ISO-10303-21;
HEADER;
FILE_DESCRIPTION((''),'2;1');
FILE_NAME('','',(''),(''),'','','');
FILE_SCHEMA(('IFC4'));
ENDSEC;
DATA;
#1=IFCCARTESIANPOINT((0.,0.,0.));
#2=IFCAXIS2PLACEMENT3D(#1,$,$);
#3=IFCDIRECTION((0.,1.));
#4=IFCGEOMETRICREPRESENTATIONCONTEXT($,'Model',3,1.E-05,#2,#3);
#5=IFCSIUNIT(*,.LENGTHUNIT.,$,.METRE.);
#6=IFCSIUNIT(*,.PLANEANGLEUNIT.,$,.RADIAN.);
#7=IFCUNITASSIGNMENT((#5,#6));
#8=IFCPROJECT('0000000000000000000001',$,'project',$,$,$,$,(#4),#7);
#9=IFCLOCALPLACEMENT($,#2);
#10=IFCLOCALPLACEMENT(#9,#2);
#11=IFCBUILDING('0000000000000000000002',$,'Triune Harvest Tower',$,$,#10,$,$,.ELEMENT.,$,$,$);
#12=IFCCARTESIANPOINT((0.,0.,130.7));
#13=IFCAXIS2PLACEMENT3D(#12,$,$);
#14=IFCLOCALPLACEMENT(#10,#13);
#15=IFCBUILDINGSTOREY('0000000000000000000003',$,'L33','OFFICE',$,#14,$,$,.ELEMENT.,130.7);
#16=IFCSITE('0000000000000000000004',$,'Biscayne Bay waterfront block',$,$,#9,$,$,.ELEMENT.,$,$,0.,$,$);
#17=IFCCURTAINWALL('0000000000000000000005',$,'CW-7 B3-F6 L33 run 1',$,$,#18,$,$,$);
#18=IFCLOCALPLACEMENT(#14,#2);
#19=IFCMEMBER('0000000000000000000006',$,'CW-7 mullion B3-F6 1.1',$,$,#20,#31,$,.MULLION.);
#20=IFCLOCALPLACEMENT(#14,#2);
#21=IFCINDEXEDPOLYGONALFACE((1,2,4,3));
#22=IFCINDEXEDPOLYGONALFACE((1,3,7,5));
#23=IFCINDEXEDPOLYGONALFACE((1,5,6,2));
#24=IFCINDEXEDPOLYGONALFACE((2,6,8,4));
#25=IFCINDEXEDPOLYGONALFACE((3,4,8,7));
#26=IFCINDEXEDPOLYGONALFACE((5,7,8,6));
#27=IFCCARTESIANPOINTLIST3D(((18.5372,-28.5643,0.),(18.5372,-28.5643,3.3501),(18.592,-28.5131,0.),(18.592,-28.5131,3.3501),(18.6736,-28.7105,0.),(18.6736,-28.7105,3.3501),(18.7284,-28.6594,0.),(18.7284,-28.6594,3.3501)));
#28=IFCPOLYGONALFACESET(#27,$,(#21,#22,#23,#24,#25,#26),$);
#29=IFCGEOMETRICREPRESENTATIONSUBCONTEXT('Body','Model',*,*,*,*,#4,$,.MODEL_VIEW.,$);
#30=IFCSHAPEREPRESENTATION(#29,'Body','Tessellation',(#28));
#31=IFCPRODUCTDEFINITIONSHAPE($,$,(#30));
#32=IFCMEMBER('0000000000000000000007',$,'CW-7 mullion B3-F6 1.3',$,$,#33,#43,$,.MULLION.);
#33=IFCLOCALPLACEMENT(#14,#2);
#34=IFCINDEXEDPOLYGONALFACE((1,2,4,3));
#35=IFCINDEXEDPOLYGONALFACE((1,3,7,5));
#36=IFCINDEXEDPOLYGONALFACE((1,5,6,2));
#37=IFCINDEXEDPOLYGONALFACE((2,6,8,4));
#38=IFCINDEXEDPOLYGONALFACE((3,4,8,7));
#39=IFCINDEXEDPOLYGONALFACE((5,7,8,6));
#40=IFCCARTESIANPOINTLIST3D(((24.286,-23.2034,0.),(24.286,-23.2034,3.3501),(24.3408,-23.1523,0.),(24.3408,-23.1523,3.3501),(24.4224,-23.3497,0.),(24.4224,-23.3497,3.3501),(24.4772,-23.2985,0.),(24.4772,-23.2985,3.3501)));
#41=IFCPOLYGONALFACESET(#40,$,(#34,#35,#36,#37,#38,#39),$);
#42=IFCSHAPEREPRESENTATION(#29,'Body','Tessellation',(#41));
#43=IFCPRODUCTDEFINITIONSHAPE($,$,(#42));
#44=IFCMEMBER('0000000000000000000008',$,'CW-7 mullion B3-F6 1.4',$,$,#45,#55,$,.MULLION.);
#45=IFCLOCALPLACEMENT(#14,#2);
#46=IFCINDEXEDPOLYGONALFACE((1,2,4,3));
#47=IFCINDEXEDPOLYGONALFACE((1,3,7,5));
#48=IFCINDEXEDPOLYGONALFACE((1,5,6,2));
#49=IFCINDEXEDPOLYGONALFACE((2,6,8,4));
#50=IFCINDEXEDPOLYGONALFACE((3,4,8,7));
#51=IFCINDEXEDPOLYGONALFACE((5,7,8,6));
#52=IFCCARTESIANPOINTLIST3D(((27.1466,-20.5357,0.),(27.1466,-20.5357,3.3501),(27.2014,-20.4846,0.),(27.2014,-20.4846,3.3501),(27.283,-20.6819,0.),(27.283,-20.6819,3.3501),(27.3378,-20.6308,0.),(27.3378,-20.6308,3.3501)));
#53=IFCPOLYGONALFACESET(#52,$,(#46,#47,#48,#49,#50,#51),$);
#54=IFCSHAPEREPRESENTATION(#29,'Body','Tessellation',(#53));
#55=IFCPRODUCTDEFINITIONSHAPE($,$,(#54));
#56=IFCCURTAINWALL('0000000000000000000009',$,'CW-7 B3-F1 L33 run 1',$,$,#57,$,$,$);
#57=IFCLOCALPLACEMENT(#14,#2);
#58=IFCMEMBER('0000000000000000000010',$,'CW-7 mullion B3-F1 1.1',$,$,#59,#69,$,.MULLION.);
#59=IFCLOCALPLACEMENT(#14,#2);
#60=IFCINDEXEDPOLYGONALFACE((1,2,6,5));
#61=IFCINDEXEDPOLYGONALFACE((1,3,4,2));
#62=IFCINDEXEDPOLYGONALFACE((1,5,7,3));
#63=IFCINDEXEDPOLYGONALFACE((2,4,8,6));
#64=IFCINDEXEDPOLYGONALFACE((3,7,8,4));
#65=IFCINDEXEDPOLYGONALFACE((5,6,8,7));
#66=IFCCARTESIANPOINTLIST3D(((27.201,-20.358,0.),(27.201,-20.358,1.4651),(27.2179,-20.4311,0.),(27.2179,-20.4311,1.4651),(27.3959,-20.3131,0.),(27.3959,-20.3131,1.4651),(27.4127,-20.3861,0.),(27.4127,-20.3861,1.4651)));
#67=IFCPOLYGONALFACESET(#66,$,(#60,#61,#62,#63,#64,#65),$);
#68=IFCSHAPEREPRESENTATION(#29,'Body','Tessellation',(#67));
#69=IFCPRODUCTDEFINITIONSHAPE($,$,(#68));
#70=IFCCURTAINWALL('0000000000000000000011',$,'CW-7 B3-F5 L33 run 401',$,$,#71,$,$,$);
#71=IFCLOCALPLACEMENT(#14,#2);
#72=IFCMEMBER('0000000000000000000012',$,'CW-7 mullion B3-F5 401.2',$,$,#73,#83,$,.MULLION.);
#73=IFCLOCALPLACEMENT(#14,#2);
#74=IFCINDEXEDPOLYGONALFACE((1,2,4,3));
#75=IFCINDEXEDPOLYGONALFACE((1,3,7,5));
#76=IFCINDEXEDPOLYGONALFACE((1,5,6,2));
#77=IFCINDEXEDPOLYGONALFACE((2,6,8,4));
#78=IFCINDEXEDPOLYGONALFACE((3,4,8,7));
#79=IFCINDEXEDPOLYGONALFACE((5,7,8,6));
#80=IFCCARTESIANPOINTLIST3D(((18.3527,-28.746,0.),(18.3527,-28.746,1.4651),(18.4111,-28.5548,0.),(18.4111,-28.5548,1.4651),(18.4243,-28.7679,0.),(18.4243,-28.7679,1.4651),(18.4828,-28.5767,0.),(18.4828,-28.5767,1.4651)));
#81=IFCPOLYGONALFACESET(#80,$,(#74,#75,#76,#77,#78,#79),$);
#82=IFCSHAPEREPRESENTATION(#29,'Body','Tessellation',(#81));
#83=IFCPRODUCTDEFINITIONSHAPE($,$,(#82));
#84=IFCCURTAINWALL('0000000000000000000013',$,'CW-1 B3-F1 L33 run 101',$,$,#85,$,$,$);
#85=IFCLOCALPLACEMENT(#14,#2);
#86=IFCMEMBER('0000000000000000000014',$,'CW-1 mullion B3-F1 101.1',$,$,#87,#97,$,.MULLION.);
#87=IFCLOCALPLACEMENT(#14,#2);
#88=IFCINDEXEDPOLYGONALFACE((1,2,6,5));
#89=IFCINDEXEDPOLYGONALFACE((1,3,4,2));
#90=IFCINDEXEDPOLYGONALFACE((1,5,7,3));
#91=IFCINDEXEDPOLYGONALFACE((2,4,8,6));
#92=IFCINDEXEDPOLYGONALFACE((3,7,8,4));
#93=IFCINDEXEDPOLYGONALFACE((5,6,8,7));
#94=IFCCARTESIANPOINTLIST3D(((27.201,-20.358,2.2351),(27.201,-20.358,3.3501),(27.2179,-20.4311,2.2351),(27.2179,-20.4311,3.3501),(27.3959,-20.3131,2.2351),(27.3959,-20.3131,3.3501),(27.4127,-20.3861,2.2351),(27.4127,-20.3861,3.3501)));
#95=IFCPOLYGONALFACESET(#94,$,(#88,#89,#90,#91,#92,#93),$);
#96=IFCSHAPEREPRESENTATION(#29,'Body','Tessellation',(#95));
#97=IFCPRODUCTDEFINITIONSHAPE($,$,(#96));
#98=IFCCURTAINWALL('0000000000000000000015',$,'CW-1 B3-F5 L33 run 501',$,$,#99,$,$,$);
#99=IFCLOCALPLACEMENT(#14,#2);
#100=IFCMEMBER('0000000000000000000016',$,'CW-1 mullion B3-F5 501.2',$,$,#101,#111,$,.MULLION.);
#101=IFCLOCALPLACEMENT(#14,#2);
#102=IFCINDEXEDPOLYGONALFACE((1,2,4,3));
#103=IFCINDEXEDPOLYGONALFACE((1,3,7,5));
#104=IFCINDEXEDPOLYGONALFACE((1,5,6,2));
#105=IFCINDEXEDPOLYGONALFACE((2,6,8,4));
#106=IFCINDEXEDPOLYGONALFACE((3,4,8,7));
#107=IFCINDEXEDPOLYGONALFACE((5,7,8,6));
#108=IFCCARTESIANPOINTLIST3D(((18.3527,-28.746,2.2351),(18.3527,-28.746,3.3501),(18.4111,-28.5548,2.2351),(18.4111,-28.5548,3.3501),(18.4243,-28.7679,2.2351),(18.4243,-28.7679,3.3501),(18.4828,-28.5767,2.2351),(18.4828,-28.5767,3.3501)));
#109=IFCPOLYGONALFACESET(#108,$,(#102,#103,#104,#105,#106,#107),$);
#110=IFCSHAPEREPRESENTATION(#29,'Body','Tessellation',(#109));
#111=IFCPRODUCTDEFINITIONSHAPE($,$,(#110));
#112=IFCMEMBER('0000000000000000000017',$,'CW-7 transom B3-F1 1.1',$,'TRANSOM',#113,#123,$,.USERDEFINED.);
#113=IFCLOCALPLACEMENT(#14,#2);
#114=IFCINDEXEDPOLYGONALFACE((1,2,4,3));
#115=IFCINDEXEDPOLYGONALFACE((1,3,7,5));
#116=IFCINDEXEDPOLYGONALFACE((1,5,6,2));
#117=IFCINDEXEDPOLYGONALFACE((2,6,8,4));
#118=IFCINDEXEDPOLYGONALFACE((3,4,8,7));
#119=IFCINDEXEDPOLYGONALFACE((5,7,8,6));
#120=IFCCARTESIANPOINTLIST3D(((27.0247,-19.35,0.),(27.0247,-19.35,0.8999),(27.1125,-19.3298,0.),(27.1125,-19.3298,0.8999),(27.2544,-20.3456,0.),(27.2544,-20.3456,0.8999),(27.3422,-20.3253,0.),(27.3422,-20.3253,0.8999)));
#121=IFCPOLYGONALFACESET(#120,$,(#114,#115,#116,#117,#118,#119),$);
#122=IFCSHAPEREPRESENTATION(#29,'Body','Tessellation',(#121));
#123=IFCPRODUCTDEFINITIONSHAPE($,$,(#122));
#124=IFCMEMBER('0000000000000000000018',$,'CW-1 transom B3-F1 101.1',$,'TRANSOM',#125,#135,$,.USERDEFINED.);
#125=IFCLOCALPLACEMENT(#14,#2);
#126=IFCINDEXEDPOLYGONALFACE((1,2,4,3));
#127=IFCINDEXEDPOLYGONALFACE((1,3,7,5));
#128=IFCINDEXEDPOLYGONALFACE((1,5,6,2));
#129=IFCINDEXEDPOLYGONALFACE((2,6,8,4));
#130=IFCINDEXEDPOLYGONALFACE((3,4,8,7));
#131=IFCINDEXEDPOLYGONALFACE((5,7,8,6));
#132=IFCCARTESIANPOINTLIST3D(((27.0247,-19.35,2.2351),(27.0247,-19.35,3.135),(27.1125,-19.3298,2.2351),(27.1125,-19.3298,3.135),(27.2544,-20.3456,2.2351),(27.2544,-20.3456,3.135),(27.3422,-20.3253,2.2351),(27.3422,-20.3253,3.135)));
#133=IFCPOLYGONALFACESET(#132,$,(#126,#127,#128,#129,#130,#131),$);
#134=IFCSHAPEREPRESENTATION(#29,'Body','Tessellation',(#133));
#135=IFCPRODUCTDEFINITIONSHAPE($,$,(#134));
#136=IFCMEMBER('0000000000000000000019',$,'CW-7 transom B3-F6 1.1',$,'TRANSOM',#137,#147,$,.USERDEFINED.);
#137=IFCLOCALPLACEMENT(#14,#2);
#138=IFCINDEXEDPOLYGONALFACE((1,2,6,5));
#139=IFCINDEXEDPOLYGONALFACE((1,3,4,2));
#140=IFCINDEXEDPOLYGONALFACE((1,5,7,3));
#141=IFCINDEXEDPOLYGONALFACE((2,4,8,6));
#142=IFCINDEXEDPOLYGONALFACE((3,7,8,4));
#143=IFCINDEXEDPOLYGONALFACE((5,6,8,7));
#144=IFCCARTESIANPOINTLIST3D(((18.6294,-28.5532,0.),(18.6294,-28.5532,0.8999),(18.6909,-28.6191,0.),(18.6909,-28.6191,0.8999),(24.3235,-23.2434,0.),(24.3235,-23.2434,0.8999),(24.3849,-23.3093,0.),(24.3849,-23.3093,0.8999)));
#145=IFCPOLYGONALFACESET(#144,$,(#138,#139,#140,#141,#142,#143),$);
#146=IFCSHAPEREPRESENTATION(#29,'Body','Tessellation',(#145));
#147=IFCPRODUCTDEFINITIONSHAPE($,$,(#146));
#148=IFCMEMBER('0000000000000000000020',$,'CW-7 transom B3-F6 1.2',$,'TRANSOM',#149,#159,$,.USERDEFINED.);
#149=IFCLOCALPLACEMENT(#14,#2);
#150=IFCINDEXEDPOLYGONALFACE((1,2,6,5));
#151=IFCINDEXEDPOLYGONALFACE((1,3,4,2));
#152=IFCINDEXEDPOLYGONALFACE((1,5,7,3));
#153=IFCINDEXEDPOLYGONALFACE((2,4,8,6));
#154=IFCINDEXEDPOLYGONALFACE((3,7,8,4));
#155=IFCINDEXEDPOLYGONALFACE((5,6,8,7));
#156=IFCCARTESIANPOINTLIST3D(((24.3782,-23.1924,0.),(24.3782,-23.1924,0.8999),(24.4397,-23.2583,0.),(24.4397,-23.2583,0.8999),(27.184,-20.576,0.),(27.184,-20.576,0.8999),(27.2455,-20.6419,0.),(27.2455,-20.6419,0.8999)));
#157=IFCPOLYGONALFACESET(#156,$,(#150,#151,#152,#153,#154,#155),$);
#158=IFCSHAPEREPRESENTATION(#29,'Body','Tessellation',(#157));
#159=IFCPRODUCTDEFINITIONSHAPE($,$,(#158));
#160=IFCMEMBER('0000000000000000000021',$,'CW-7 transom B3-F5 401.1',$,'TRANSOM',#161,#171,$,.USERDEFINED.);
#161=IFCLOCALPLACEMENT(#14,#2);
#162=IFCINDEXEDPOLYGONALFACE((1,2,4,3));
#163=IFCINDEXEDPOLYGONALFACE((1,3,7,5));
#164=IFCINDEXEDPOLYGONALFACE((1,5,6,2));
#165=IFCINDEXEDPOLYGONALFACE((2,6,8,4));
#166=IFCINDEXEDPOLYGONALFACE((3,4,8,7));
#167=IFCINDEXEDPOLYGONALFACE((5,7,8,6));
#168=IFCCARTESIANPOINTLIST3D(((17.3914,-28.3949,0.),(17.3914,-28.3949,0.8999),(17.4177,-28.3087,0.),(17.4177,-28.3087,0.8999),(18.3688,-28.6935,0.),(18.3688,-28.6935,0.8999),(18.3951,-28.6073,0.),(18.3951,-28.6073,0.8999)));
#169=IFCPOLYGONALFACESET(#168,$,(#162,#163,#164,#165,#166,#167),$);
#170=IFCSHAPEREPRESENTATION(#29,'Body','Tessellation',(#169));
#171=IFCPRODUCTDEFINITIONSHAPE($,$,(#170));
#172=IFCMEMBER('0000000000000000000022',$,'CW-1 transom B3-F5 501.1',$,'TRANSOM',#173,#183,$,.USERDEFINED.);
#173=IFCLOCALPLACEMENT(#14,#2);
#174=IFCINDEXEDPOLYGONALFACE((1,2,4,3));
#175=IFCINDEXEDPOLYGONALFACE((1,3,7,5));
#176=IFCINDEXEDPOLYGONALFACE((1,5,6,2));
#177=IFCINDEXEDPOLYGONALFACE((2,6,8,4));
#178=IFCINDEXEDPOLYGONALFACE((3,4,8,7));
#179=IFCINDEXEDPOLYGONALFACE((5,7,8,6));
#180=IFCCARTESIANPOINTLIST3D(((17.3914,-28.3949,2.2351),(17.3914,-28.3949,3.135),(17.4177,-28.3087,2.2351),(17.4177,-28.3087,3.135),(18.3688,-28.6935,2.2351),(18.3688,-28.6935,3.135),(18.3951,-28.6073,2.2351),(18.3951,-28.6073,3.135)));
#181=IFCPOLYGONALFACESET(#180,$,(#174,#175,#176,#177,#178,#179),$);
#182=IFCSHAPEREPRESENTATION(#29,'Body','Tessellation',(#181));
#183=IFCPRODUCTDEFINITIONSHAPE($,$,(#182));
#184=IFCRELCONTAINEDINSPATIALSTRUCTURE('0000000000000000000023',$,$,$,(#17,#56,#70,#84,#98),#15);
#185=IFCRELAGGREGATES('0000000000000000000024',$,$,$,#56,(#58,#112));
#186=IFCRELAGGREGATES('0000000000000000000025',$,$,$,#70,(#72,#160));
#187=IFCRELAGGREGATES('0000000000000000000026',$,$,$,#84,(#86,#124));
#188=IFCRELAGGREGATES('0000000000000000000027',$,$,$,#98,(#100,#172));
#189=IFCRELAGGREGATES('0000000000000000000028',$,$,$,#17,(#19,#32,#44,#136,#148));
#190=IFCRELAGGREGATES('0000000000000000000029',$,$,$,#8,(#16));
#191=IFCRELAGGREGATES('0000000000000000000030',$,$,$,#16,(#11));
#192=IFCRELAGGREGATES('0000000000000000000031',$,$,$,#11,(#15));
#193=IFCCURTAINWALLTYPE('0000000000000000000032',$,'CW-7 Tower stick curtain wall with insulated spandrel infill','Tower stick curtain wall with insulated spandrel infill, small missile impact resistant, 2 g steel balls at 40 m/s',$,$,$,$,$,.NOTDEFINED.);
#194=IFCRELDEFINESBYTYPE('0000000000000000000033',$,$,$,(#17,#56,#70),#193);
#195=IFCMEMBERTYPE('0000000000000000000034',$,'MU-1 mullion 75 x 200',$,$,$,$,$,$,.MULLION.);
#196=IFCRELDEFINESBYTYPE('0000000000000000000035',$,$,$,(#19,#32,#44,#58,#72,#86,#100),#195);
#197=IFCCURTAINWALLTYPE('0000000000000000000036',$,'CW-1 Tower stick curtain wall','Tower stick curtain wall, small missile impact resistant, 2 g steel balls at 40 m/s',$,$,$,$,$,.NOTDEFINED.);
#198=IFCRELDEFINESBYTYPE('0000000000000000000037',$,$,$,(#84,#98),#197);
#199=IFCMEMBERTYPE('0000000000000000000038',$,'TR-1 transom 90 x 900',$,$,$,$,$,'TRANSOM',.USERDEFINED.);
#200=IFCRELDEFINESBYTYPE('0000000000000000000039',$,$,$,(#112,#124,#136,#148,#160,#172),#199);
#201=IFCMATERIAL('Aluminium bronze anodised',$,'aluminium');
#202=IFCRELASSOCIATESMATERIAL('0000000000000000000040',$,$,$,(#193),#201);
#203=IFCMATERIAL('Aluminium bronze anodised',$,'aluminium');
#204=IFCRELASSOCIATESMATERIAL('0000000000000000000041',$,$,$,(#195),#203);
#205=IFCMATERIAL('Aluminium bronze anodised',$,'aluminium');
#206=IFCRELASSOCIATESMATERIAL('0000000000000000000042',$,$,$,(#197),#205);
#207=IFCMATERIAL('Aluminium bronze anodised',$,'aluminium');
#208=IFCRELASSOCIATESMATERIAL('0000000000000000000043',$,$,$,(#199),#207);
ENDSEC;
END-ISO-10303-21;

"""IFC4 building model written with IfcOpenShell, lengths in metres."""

from ifc_helpers import new_model, si_unit, direction, frame, origin, origin_2d, place, context, subcontext, project, spatial, rectangle, extrude, source, transform, mapped, material, material_profile, profile_set, type_object, element, aggregate, save


model = new_model("IFC4")

# Units and contexts
model_context = context("Model", 3, precision=1e-05, world=origin(), true_north=direction((0.0, 1.0)))
body_context = subcontext(model_context, "Body", "Model", "MODEL_VIEW")
ifc_project = project(units=[si_unit("LENGTHUNIT", "METRE"), si_unit("PLANEANGLEUNIT", "RADIAN")], contexts=[model_context])

# Site, building, storey
site_placement = place(None, origin())
site = spatial("IfcSite", under=ifc_project, at=site_placement, Name="Biscayne Bay waterfront block", CompositionType="ELEMENT", RefElevation=0.0)
building_placement = place(site_placement, origin())
building = spatial("IfcBuilding", under=site, at=building_placement, Name="Triune Harvest Tower", CompositionType="ELEMENT")
storey_placement = place(building_placement, frame((0.0, 0.0, 130.7)))
storey = spatial("IfcBuildingStorey", under=building, at=storey_placement, Name="L33", Description="OFFICE", CompositionType="ELEMENT", Elevation=130.7)

# Curtain wall, members
ifc_material_1 = material(Name="Aluminium bronze anodised", Category="aluminium")
curtain_wall_type_1 = type_object("IfcCurtainWallType", Name="CW-7 Tower stick curtain wall with insulated spandrel infill", Description="Tower stick curtain wall with insulated spandrel infill, small missile impact resistant, 2 g steel balls at 40 m/s", PredefinedType="NOTDEFINED", material=ifc_material_1)
curtain_wall_1_placement = place(storey_placement, origin())
curtain_wall_1 = element("IfcCurtainWall", 1, at=curtain_wall_1_placement, inside=storey, type_object=curtain_wall_type_1, Name="CW-7 B3-F6 L33 run 1")
ifc_material_2 = material(Name="Aluminium bronze anodised", Category="aluminium")
ifc_material_profile_1 = material_profile(ifc_material_2, rectangle(XDim=0.2, YDim=0.075, at=origin_2d()), Name="MU-1 mullion 75 x 200")
ifc_profile_set_1 = profile_set([ifc_material_profile_1], Name="Aluminium bronze anodised")
member_type_1 = type_object("IfcMemberType", Name="MU-1 mullion 75 x 200", PredefinedType="MULLION", material=ifc_profile_set_1)
shared_shape_1 = source(origin(), body_context, "Body", "SweptSolid", [
    extrude(rectangle(XDim=0.2, YDim=0.075, at=origin_2d()), origin(), (0.0, 0.0, 1.0), 3.3501),
])
member_1_placement = place(storey_placement, frame((18.6328, -28.6118, 0.0), z_axis=(0.0, 0.0, 1.0), x_axis=(-0.682002, 0.73135, 0.0)))
member_1 = element("IfcMember", 2, at=member_1_placement, type_object=member_type_1, Name="CW-7 mullion B3-F6 1.1", PredefinedType="MULLION", context=body_context, shape_type="MappedRepresentation", body=[
    mapped(shared_shape_1, transform((0.0, 0.0, 0.0), scale=1.0)),
])
member_2_placement = place(storey_placement, frame((24.3816, -23.251, 0.0), z_axis=(0.0, 0.0, 1.0), x_axis=(-0.682002, 0.73135, 0.0)))
member_2 = element("IfcMember", 3, at=member_2_placement, type_object=member_type_1, Name="CW-7 mullion B3-F6 1.3", PredefinedType="MULLION", context=body_context, shape_type="MappedRepresentation", body=[
    mapped(shared_shape_1, transform((0.0, 0.0, 0.0), scale=1.0)),
])
member_3_placement = place(storey_placement, frame((27.2422, -20.5833, 0.0), z_axis=(0.0, 0.0, 1.0), x_axis=(-0.682002, 0.73135, 0.0)))
member_3 = element("IfcMember", 4, at=member_3_placement, type_object=member_type_1, Name="CW-7 mullion B3-F6 1.4", PredefinedType="MULLION", context=body_context, shape_type="MappedRepresentation", body=[
    mapped(shared_shape_1, transform((0.0, 0.0, 0.0), scale=1.0)),
])

# Curtain walls, members
curtain_wall_2_placement = place(storey_placement, origin())
curtain_wall_2 = element("IfcCurtainWall", 5, at=curtain_wall_2_placement, inside=storey, type_object=curtain_wall_type_1, Name="CW-7 B3-F1 L33 run 1")
shared_shape_2 = source(origin(), body_context, "Body", "SweptSolid", [
    extrude(rectangle(XDim=0.2, YDim=0.075, at=origin_2d()), origin(), (0.0, 0.0, 1.0), 1.4651),
])
member_4_placement = place(storey_placement, frame((27.3069, -20.3721, 0.0), z_axis=(0.0, 0.0, 1.0), x_axis=(-0.974371, -0.224947, 0.0)))
member_4 = element("IfcMember", 6, at=member_4_placement, type_object=member_type_1, Name="CW-7 mullion B3-F1 1.1", PredefinedType="MULLION", context=body_context, shape_type="MappedRepresentation", body=[
    mapped(shared_shape_2, transform((0.0, 0.0, 0.0), scale=1.0)),
])
curtain_wall_3_placement = place(storey_placement, origin())
curtain_wall_3 = element("IfcCurtainWall", 7, at=curtain_wall_3_placement, inside=storey, type_object=curtain_wall_type_1, Name="CW-7 B3-F5 L33 run 401")
member_5_placement = place(storey_placement, frame((18.4177, -28.6614, 0.0), z_axis=(0.0, 0.0, 1.0), x_axis=(0.29237, 0.956305, 0.0)))
member_5 = element("IfcMember", 8, at=member_5_placement, type_object=member_type_1, Name="CW-7 mullion B3-F5 401.2", PredefinedType="MULLION", context=body_context, shape_type="MappedRepresentation", body=[
    mapped(shared_shape_2, transform((0.0, 0.0, 0.0), scale=1.0)),
])
ifc_material_3 = material(Name="Aluminium bronze anodised", Category="aluminium")
curtain_wall_type_2 = type_object("IfcCurtainWallType", Name="CW-1 Tower stick curtain wall", Description="Tower stick curtain wall, small missile impact resistant, 2 g steel balls at 40 m/s", PredefinedType="NOTDEFINED", material=ifc_material_3)
curtain_wall_4_placement = place(storey_placement, origin())
curtain_wall_4 = element("IfcCurtainWall", 9, at=curtain_wall_4_placement, inside=storey, type_object=curtain_wall_type_2, Name="CW-1 B3-F1 L33 run 101")
shared_shape_3 = source(origin(), body_context, "Body", "SweptSolid", [
    extrude(rectangle(XDim=0.2, YDim=0.075, at=origin_2d()), origin(), (0.0, 0.0, 1.0), 1.115),
])
member_6_placement = place(storey_placement, frame((27.3069, -20.3721, 2.2351), z_axis=(0.0, 0.0, 1.0), x_axis=(-0.974371, -0.224947, 0.0)))
member_6 = element("IfcMember", 10, at=member_6_placement, type_object=member_type_1, Name="CW-1 mullion B3-F1 101.1", PredefinedType="MULLION", context=body_context, shape_type="MappedRepresentation", body=[
    mapped(shared_shape_3, transform((0.0, 0.0, 0.0), scale=1.0)),
])
curtain_wall_5_placement = place(storey_placement, origin())
curtain_wall_5 = element("IfcCurtainWall", 11, at=curtain_wall_5_placement, inside=storey, type_object=curtain_wall_type_2, Name="CW-1 B3-F5 L33 run 501")
member_7_placement = place(storey_placement, frame((18.4177, -28.6614, 2.2351), z_axis=(0.0, 0.0, 1.0), x_axis=(0.29237, 0.956305, 0.0)))
member_7 = element("IfcMember", 12, at=member_7_placement, type_object=member_type_1, Name="CW-1 mullion B3-F5 501.2", PredefinedType="MULLION", context=body_context, shape_type="MappedRepresentation", body=[
    mapped(shared_shape_3, transform((0.0, 0.0, 0.0), scale=1.0)),
])

# Members
ifc_material_4 = material(Name="Aluminium bronze anodised", Category="aluminium")
ifc_material_profile_2 = material_profile(ifc_material_4, rectangle(XDim=0.0901, YDim=0.8999, at=origin_2d()), Name="TR-1 transom 90 x 900")
ifc_profile_set_2 = profile_set([ifc_material_profile_2], Name="Aluminium bronze anodised")
member_type_2 = type_object("IfcMemberType", Name="TR-1 transom 90 x 900", ElementType="TRANSOM", PredefinedType="USERDEFINED", material=ifc_profile_set_2)
shared_shape_4 = source(origin(), body_context, "Body", "SweptSolid", [
    extrude(rectangle(XDim=0.0901, YDim=0.8999, at=origin_2d()), origin(), (0.0, 0.0, 1.0), 1.0217),
])
member_8_placement = place(storey_placement, frame((27.2983, -20.3354, 0.45), z_axis=(-0.224842, 0.974395, 0.0), x_axis=(-0.974395, -0.224842, 0.0)))
member_8 = element("IfcMember", 13, at=member_8_placement, type_object=member_type_2, Name="CW-7 transom B3-F1 1.1", ObjectType="TRANSOM", PredefinedType="USERDEFINED", context=body_context, shape_type="MappedRepresentation", body=[
    mapped(shared_shape_4, transform((0.0, 0.0, 0.0), scale=1.0)),
])
member_9_placement = place(storey_placement, frame((27.2983, -20.3354, 2.6851), z_axis=(-0.224842, 0.974395, 0.0), x_axis=(-0.974395, -0.224842, 0.0)))
member_9 = element("IfcMember", 14, at=member_9_placement, type_object=member_type_2, Name="CW-1 transom B3-F1 101.1", ObjectType="TRANSOM", PredefinedType="USERDEFINED", context=body_context, shape_type="MappedRepresentation", body=[
    mapped(shared_shape_4, transform((0.0, 0.0, 0.0), scale=1.0)),
])
shared_shape_5 = source(origin(), body_context, "Body", "SweptSolid", [
    extrude(rectangle(XDim=0.0901, YDim=0.8999, at=origin_2d()), origin(), (0.0, 0.0, 1.0), 7.7856),
])
member_10_placement = place(storey_placement, frame((18.6602, -28.5862, 0.45), z_axis=(0.731354, 0.681998, 0.0), x_axis=(-0.681998, 0.731354, 0.0)))
member_10 = element("IfcMember", 15, at=member_10_placement, type_object=member_type_2, Name="CW-7 transom B3-F6 1.1", ObjectType="TRANSOM", PredefinedType="USERDEFINED", context=body_context, shape_type="MappedRepresentation", body=[
    mapped(shared_shape_5, transform((0.0, 0.0, 0.0), scale=1.0)),
])
shared_shape_6 = source(origin(), body_context, "Body", "SweptSolid", [
    extrude(rectangle(XDim=0.0901, YDim=0.8999, at=origin_2d()), origin(), (0.0, 0.0, 1.0), 3.8364),
])
member_11_placement = place(storey_placement, frame((24.4089, -23.2253, 0.45), z_axis=(0.731366, 0.681985, 0.0), x_axis=(-0.681985, 0.731366, 0.0)))
member_11 = element("IfcMember", 16, at=member_11_placement, type_object=member_type_2, Name="CW-7 transom B3-F6 1.2", ObjectType="TRANSOM", PredefinedType="USERDEFINED", context=body_context, shape_type="MappedRepresentation", body=[
    mapped(shared_shape_6, transform((0.0, 0.0, 0.0), scale=1.0)),
])
shared_shape_7 = source(origin(), body_context, "Body", "SweptSolid", [
    extrude(rectangle(XDim=0.0901, YDim=0.8999, at=origin_2d()), origin(), (0.0, 0.0, 1.0), 1.022),
])
member_12_placement = place(storey_placement, frame((17.4045, -28.3518, 0.45), z_axis=(0.956361, -0.292188, 0.0), x_axis=(0.292188, 0.956361, 0.0)))
member_12 = element("IfcMember", 17, at=member_12_placement, type_object=member_type_2, Name="CW-7 transom B3-F5 401.1", ObjectType="TRANSOM", PredefinedType="USERDEFINED", context=body_context, shape_type="MappedRepresentation", body=[
    mapped(shared_shape_7, transform((0.0, 0.0, 0.0), scale=1.0)),
])
member_13_placement = place(storey_placement, frame((17.4045, -28.3518, 2.6851), z_axis=(0.956361, -0.292188, 0.0), x_axis=(0.292188, 0.956361, 0.0)))
member_13 = element("IfcMember", 18, at=member_13_placement, type_object=member_type_2, Name="CW-1 transom B3-F5 501.1", ObjectType="TRANSOM", PredefinedType="USERDEFINED", context=body_context, shape_type="MappedRepresentation", body=[
    mapped(shared_shape_7, transform((0.0, 0.0, 0.0), scale=1.0)),
])

aggregate(curtain_wall_2, [member_4, member_8])
aggregate(curtain_wall_3, [member_5, member_12])
aggregate(curtain_wall_4, [member_6, member_9])
aggregate(curtain_wall_5, [member_7, member_13])
aggregate(curtain_wall_1, [member_1, member_2, member_3, member_10, member_11])

save(model, "model.ifc")
